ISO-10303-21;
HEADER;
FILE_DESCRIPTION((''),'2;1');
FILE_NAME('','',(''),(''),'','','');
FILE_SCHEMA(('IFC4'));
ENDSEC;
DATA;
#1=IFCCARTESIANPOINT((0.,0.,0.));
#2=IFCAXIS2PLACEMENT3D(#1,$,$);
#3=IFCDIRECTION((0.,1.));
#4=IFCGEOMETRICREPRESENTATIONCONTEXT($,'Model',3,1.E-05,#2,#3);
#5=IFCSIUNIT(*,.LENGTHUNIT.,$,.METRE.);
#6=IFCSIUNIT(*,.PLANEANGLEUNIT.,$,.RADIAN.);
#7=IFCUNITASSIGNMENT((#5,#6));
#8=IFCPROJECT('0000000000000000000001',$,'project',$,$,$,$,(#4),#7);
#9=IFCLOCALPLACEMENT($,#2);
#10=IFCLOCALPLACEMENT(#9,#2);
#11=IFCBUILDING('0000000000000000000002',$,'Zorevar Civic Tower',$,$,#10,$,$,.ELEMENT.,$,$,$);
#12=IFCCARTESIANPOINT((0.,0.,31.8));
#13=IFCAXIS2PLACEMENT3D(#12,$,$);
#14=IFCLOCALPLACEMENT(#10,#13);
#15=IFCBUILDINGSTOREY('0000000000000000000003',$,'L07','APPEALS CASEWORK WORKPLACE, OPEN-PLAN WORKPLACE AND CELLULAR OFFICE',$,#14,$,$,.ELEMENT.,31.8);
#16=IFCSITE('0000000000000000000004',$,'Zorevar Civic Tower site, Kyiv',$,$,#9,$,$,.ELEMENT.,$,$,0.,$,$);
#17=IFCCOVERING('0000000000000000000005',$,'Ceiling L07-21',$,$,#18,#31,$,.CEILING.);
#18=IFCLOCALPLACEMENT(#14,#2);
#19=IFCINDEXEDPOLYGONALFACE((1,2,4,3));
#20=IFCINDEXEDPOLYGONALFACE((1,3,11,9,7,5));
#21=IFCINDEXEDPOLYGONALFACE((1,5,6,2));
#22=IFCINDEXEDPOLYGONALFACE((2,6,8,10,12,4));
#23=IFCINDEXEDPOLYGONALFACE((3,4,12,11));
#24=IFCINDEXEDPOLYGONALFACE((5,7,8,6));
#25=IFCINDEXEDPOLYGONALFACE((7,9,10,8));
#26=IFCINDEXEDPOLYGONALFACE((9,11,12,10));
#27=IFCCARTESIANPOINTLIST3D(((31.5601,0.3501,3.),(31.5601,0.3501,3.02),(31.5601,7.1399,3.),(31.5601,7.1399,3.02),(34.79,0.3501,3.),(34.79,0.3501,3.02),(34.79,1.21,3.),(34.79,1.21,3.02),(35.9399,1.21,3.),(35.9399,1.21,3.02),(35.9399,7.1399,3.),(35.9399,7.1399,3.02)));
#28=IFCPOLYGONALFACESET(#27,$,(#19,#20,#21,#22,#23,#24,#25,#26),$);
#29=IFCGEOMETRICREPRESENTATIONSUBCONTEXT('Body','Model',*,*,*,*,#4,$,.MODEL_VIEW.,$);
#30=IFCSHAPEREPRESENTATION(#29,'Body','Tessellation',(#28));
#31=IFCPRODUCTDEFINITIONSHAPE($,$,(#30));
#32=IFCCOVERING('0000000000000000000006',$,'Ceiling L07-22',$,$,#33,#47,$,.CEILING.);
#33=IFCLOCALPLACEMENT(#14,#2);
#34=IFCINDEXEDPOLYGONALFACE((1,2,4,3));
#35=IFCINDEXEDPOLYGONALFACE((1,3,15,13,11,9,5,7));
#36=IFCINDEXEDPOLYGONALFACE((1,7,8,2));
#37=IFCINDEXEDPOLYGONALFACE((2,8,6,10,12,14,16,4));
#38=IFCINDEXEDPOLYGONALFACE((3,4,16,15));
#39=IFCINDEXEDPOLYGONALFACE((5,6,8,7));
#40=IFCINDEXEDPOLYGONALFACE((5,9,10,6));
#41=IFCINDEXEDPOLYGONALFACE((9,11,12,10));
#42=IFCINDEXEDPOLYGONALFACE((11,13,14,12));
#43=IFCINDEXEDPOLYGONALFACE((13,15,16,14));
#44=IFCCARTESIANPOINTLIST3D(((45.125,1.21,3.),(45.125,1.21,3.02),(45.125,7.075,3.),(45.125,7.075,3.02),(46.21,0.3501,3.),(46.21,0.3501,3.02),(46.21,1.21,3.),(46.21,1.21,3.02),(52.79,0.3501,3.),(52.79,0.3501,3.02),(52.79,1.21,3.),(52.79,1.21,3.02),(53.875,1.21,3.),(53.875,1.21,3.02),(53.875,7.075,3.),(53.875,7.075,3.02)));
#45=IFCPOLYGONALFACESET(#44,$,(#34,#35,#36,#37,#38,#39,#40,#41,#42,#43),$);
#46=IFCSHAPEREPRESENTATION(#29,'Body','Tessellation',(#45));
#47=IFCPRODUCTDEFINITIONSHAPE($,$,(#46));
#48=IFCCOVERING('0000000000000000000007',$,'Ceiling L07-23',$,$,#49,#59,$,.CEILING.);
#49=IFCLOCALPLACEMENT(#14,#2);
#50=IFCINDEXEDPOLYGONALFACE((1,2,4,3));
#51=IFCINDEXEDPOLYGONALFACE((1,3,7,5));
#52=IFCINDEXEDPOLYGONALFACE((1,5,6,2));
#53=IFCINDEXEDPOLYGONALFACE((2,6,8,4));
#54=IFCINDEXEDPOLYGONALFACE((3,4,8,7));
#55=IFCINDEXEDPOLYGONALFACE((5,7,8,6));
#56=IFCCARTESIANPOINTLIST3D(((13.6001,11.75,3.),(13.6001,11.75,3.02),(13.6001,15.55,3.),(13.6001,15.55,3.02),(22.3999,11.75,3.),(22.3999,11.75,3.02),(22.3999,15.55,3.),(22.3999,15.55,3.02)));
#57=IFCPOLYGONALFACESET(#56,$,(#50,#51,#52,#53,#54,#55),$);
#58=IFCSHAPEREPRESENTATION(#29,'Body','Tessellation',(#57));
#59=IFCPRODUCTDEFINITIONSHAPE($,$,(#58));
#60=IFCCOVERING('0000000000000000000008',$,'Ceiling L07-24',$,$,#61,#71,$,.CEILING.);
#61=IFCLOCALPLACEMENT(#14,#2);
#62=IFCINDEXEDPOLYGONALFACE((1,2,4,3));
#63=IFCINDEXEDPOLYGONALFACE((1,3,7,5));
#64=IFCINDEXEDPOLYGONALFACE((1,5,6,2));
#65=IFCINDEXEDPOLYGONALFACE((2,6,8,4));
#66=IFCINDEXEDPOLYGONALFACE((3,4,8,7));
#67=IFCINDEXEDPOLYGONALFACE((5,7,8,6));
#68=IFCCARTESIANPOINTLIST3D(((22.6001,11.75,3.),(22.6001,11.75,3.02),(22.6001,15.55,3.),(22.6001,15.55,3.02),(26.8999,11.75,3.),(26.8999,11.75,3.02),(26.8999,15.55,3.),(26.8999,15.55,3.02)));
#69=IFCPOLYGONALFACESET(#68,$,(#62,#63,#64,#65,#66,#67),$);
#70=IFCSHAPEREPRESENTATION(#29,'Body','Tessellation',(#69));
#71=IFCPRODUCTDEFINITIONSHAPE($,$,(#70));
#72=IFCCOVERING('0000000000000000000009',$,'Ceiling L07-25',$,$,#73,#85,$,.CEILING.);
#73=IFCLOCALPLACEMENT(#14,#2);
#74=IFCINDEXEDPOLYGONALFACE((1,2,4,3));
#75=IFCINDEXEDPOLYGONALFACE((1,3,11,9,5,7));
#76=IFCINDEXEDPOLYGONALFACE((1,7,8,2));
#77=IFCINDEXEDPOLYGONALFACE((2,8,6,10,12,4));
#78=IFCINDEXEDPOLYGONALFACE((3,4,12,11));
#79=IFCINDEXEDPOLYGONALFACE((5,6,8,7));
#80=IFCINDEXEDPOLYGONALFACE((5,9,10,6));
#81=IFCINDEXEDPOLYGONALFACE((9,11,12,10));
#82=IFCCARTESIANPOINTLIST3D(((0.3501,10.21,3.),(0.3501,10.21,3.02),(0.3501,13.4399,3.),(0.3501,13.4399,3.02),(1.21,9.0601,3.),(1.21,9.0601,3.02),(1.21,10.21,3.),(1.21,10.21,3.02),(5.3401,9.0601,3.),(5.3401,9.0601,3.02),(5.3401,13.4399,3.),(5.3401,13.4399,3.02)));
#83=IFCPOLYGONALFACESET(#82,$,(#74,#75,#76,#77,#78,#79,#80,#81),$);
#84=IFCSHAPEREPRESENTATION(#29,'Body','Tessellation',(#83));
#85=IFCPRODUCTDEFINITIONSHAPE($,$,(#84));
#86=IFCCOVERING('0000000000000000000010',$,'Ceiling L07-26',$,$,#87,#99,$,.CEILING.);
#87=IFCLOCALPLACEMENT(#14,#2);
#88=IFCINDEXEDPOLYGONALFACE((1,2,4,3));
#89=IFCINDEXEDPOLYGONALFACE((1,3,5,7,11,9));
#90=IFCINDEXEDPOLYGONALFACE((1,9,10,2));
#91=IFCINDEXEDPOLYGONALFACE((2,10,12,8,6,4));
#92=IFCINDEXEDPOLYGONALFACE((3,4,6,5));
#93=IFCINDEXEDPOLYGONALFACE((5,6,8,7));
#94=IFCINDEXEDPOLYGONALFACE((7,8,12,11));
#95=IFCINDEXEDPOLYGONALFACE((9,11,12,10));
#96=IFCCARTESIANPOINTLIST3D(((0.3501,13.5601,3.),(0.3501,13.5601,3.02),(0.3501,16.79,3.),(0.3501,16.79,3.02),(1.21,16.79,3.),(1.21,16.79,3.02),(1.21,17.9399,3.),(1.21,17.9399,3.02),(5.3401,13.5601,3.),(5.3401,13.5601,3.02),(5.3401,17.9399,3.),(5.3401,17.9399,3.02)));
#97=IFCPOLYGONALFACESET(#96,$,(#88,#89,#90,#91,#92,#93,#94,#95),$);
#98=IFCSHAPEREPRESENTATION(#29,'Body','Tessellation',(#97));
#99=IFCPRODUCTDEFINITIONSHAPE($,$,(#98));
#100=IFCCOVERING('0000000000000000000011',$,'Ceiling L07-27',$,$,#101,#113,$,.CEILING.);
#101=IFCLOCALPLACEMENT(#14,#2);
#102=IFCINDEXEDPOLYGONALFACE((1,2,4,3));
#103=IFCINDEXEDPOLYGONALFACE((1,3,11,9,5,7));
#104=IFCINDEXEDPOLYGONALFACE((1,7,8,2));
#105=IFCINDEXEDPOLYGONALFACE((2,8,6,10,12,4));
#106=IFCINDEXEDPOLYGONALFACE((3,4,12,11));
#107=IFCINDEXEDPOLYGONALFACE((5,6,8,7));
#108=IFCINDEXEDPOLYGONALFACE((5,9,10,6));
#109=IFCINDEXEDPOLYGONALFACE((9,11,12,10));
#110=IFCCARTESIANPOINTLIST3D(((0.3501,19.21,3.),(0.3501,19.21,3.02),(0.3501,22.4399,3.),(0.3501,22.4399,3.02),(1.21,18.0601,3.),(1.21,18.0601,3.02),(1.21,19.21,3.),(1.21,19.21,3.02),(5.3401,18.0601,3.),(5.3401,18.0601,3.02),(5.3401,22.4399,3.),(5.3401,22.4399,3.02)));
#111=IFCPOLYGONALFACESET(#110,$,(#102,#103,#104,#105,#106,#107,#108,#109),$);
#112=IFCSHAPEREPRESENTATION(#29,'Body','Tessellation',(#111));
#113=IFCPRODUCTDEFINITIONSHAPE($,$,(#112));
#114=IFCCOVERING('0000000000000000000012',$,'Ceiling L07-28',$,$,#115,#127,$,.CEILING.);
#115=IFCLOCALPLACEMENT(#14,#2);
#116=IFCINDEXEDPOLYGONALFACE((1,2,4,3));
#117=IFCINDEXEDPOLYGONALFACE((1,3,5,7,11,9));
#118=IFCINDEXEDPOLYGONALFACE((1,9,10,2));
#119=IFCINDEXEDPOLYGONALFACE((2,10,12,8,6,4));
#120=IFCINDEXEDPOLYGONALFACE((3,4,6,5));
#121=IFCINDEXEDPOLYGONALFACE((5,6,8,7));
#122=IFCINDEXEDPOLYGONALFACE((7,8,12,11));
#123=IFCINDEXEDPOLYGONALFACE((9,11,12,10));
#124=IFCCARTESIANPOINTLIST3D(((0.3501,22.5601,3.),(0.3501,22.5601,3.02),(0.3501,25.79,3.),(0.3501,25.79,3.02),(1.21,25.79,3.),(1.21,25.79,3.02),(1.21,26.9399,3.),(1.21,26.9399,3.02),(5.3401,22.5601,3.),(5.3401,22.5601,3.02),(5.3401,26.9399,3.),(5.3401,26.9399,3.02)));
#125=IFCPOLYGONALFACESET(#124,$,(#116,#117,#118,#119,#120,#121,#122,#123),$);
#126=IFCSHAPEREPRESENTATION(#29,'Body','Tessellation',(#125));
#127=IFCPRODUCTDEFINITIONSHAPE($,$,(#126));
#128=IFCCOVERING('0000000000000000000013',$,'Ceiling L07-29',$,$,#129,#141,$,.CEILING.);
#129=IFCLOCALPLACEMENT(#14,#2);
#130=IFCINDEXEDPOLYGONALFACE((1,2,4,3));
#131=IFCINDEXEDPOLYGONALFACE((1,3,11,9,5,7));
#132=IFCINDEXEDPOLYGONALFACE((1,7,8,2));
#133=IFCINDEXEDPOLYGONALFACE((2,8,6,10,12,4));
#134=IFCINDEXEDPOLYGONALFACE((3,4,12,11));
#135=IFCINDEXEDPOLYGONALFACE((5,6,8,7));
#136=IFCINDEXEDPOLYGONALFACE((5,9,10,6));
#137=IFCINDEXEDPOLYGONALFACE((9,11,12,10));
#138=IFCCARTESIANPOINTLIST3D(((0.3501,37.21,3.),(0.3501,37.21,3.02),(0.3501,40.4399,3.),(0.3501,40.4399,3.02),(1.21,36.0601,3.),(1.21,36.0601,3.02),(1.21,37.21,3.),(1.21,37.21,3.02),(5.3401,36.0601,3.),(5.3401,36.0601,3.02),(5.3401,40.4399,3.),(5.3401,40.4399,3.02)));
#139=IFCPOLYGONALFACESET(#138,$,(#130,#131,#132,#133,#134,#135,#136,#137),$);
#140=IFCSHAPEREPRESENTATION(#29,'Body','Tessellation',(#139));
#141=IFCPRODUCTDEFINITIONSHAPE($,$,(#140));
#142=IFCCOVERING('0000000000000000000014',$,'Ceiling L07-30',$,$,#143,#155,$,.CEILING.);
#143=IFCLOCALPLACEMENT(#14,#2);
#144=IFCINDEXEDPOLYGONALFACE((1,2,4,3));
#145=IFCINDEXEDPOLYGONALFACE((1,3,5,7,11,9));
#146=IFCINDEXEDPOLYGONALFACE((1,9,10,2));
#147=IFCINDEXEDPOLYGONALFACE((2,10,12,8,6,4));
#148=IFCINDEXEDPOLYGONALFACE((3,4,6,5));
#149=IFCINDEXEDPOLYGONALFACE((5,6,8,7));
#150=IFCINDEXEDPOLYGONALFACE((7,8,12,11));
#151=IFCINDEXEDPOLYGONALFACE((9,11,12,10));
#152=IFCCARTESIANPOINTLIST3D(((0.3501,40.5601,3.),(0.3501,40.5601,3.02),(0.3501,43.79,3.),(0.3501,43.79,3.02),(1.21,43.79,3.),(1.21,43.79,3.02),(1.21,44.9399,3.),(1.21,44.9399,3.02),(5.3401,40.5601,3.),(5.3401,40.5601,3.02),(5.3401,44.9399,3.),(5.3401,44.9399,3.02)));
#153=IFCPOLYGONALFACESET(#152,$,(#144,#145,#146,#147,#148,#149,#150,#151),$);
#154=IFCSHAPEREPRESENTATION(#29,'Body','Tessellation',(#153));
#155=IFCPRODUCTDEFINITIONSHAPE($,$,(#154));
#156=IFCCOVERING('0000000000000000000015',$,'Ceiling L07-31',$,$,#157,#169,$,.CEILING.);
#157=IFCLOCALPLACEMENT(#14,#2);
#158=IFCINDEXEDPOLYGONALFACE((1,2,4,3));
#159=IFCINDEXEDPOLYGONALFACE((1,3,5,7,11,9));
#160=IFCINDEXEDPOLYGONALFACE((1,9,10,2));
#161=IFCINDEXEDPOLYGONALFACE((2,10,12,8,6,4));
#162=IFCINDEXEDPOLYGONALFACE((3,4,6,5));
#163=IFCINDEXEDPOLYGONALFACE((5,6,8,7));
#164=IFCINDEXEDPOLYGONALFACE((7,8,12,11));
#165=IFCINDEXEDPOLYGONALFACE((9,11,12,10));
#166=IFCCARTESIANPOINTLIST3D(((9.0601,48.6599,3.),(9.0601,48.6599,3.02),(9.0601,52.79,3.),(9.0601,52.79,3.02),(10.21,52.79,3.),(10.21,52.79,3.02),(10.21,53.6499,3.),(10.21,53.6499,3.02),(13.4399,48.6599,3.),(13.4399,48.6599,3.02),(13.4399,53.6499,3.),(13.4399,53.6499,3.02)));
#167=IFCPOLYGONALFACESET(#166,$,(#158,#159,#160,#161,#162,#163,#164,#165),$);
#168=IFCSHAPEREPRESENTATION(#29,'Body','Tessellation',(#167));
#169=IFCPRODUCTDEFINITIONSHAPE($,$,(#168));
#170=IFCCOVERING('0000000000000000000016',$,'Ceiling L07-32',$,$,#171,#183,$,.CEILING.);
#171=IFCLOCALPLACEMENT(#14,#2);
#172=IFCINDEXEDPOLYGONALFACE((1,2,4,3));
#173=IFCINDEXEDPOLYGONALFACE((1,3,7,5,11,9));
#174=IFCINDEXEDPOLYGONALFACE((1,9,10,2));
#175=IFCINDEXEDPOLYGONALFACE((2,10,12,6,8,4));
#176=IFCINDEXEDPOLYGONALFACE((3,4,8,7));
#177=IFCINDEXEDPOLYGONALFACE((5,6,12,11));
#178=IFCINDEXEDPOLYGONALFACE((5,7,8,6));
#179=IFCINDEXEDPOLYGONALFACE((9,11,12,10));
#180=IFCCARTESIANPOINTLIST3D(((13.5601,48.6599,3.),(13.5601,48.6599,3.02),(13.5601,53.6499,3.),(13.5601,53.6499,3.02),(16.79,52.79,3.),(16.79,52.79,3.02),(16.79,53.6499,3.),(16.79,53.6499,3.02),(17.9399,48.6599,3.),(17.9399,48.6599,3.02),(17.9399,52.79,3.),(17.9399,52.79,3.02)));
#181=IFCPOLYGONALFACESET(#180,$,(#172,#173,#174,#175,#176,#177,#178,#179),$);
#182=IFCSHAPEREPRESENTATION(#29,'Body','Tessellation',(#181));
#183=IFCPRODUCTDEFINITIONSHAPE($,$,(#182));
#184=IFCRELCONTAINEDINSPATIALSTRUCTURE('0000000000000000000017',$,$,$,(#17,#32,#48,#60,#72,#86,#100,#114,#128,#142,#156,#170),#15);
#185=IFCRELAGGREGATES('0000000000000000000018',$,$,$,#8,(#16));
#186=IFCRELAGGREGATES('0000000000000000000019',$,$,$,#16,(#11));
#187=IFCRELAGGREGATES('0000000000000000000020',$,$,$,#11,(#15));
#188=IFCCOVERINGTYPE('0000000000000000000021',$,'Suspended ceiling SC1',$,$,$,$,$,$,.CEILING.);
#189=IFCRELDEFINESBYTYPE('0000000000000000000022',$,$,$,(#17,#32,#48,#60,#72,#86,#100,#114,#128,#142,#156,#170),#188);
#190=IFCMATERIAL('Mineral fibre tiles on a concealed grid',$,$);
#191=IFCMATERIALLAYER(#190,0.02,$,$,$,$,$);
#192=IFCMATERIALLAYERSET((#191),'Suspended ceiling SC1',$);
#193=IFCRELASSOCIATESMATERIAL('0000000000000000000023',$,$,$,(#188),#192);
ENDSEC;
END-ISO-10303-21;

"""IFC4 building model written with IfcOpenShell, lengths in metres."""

from ifc_helpers import new_model, si_unit, direction, frame, origin, place, context, subcontext, project, spatial, polyline, outline, extrude, material, layer, layer_set, type_object, element, save


model = new_model("IFC4")

# Units and contexts
model_context = context("Model", 3, precision=1e-05, world=origin(), true_north=direction((0.0, 1.0)))
body_context = subcontext(model_context, "Body", "Model", "MODEL_VIEW")
ifc_project = project(units=[si_unit("LENGTHUNIT", "METRE"), si_unit("PLANEANGLEUNIT", "RADIAN")], contexts=[model_context])

# Site, building, storey
site_placement = place(None, origin())
site = spatial("IfcSite", under=ifc_project, at=site_placement, Name="Zorevar Civic Tower site, Kyiv", CompositionType="ELEMENT", RefElevation=0.0)
building_placement = place(site_placement, origin())
building = spatial("IfcBuilding", under=site, at=building_placement, Name="Zorevar Civic Tower", CompositionType="ELEMENT")
storey_placement = place(building_placement, frame((0.0, 0.0, 31.8)))
storey = spatial("IfcBuildingStorey", under=building, at=storey_placement, Name="L07", Description="APPEALS CASEWORK WORKPLACE, OPEN-PLAN WORKPLACE AND CELLULAR OFFICE", CompositionType="ELEMENT", Elevation=31.8)

# Coverings
ifc_material_1 = material(Name="Mineral fibre tiles on a concealed grid")
ifc_layer_1 = layer(ifc_material_1, 0.02)
ifc_layer_set_1 = layer_set([ifc_layer_1], Name="Suspended ceiling SC1")
covering_type_1 = type_object("IfcCoveringType", Name="Suspended ceiling SC1", PredefinedType="CEILING", material=ifc_layer_set_1)
covering_1_placement = place(storey_placement, frame((0.0, 0.0, 3.0)))
element("IfcCovering", 1, at=covering_1_placement, inside=storey, type_object=covering_type_1, Name="Ceiling L07-21", PredefinedType="CEILING", context=body_context, shape_type="SweptSolid", body=[
    extrude(outline(polyline([(35.9399, 7.1399), (35.9399, 1.21), (34.79, 1.21), (34.79, 0.3501), (31.5601, 0.3501), (31.5601, 7.1399), (35.9399, 7.1399)])), origin(), (0.0, 0.0, 1.0), 0.02),
])
covering_2_placement = place(storey_placement, frame((0.0, 0.0, 3.0)))
element("IfcCovering", 2, at=covering_2_placement, inside=storey, type_object=covering_type_1, Name="Ceiling L07-22", PredefinedType="CEILING", context=body_context, shape_type="SweptSolid", body=[
    extrude(outline(polyline([(46.21, 0.3501), (46.21, 1.21), (45.125, 1.21), (45.125, 7.075), (53.875, 7.075), (53.875, 1.21), (52.79, 1.21), (52.79, 0.3501), (46.21, 0.3501)])), origin(), (0.0, 0.0, 1.0), 0.02),
])
covering_3_placement = place(storey_placement, frame((0.0, 0.0, 3.0)))
element("IfcCovering", 3, at=covering_3_placement, inside=storey, type_object=covering_type_1, Name="Ceiling L07-23", PredefinedType="CEILING", context=body_context, shape_type="SweptSolid", body=[
    extrude(outline(polyline([(13.6001, 11.75), (13.6001, 15.55), (22.3999, 15.55), (22.3999, 11.75), (13.6001, 11.75)])), origin(), (0.0, 0.0, 1.0), 0.02),
])
covering_4_placement = place(storey_placement, frame((0.0, 0.0, 3.0)))
element("IfcCovering", 4, at=covering_4_placement, inside=storey, type_object=covering_type_1, Name="Ceiling L07-24", PredefinedType="CEILING", context=body_context, shape_type="SweptSolid", body=[
    extrude(outline(polyline([(22.6001, 11.75), (22.6001, 15.55), (26.8999, 15.55), (26.8999, 11.75), (22.6001, 11.75)])), origin(), (0.0, 0.0, 1.0), 0.02),
])
covering_5_placement = place(storey_placement, frame((0.0, 0.0, 3.0)))
element("IfcCovering", 5, at=covering_5_placement, inside=storey, type_object=covering_type_1, Name="Ceiling L07-25", PredefinedType="CEILING", context=body_context, shape_type="SweptSolid", body=[
    extrude(outline(polyline([(5.3401, 9.0601), (1.21, 9.0601), (1.21, 10.21), (0.3501, 10.21), (0.3501, 13.4399), (5.3401, 13.4399), (5.3401, 9.0601)])), origin(), (0.0, 0.0, 1.0), 0.02),
])
covering_6_placement = place(storey_placement, frame((0.0, 0.0, 3.0)))
element("IfcCovering", 6, at=covering_6_placement, inside=storey, type_object=covering_type_1, Name="Ceiling L07-26", PredefinedType="CEILING", context=body_context, shape_type="SweptSolid", body=[
    extrude(outline(polyline([(5.3401, 13.5601), (0.3501, 13.5601), (0.3501, 16.79), (1.21, 16.79), (1.21, 17.9399), (5.3401, 17.9399), (5.3401, 13.5601)])), origin(), (0.0, 0.0, 1.0), 0.02),
])
covering_7_placement = place(storey_placement, frame((0.0, 0.0, 3.0)))
element("IfcCovering", 7, at=covering_7_placement, inside=storey, type_object=covering_type_1, Name="Ceiling L07-27", PredefinedType="CEILING", context=body_context, shape_type="SweptSolid", body=[
    extrude(outline(polyline([(5.3401, 18.0601), (1.21, 18.0601), (1.21, 19.21), (0.3501, 19.21), (0.3501, 22.4399), (5.3401, 22.4399), (5.3401, 18.0601)])), origin(), (0.0, 0.0, 1.0), 0.02),
])
covering_8_placement = place(storey_placement, frame((0.0, 0.0, 3.0)))
element("IfcCovering", 8, at=covering_8_placement, inside=storey, type_object=covering_type_1, Name="Ceiling L07-28", PredefinedType="CEILING", context=body_context, shape_type="SweptSolid", body=[
    extrude(outline(polyline([(5.3401, 22.5601), (0.3501, 22.5601), (0.3501, 25.79), (1.21, 25.79), (1.21, 26.9399), (5.3401, 26.9399), (5.3401, 22.5601)])), origin(), (0.0, 0.0, 1.0), 0.02),
])
covering_9_placement = place(storey_placement, frame((0.0, 0.0, 3.0)))
element("IfcCovering", 9, at=covering_9_placement, inside=storey, type_object=covering_type_1, Name="Ceiling L07-29", PredefinedType="CEILING", context=body_context, shape_type="SweptSolid", body=[
    extrude(outline(polyline([(5.3401, 36.0601), (1.21, 36.0601), (1.21, 37.21), (0.3501, 37.21), (0.3501, 40.4399), (5.3401, 40.4399), (5.3401, 36.0601)])), origin(), (0.0, 0.0, 1.0), 0.02),
])
covering_10_placement = place(storey_placement, frame((0.0, 0.0, 3.0)))
element("IfcCovering", 10, at=covering_10_placement, inside=storey, type_object=covering_type_1, Name="Ceiling L07-30", PredefinedType="CEILING", context=body_context, shape_type="SweptSolid", body=[
    extrude(outline(polyline([(5.3401, 40.5601), (0.3501, 40.5601), (0.3501, 43.79), (1.21, 43.79), (1.21, 44.9399), (5.3401, 44.9399), (5.3401, 40.5601)])), origin(), (0.0, 0.0, 1.0), 0.02),
])
covering_11_placement = place(storey_placement, frame((0.0, 0.0, 3.0)))
element("IfcCovering", 11, at=covering_11_placement, inside=storey, type_object=covering_type_1, Name="Ceiling L07-31", PredefinedType="CEILING", context=body_context, shape_type="SweptSolid", body=[
    extrude(outline(polyline([(9.0601, 48.6599), (9.0601, 52.79), (10.21, 52.79), (10.21, 53.6499), (13.4399, 53.6499), (13.4399, 48.6599), (9.0601, 48.6599)])), origin(), (0.0, 0.0, 1.0), 0.02),
])
covering_12_placement = place(storey_placement, frame((0.0, 0.0, 3.0)))
element("IfcCovering", 12, at=covering_12_placement, inside=storey, type_object=covering_type_1, Name="Ceiling L07-32", PredefinedType="CEILING", context=body_context, shape_type="SweptSolid", body=[
    extrude(outline(polyline([(13.5601, 48.6599), (13.5601, 53.6499), (16.79, 53.6499), (16.79, 52.79), (17.9399, 52.79), (17.9399, 48.6599), (13.5601, 48.6599)])), origin(), (0.0, 0.0, 1.0), 0.02),
])

save(model, "model.ifc")
